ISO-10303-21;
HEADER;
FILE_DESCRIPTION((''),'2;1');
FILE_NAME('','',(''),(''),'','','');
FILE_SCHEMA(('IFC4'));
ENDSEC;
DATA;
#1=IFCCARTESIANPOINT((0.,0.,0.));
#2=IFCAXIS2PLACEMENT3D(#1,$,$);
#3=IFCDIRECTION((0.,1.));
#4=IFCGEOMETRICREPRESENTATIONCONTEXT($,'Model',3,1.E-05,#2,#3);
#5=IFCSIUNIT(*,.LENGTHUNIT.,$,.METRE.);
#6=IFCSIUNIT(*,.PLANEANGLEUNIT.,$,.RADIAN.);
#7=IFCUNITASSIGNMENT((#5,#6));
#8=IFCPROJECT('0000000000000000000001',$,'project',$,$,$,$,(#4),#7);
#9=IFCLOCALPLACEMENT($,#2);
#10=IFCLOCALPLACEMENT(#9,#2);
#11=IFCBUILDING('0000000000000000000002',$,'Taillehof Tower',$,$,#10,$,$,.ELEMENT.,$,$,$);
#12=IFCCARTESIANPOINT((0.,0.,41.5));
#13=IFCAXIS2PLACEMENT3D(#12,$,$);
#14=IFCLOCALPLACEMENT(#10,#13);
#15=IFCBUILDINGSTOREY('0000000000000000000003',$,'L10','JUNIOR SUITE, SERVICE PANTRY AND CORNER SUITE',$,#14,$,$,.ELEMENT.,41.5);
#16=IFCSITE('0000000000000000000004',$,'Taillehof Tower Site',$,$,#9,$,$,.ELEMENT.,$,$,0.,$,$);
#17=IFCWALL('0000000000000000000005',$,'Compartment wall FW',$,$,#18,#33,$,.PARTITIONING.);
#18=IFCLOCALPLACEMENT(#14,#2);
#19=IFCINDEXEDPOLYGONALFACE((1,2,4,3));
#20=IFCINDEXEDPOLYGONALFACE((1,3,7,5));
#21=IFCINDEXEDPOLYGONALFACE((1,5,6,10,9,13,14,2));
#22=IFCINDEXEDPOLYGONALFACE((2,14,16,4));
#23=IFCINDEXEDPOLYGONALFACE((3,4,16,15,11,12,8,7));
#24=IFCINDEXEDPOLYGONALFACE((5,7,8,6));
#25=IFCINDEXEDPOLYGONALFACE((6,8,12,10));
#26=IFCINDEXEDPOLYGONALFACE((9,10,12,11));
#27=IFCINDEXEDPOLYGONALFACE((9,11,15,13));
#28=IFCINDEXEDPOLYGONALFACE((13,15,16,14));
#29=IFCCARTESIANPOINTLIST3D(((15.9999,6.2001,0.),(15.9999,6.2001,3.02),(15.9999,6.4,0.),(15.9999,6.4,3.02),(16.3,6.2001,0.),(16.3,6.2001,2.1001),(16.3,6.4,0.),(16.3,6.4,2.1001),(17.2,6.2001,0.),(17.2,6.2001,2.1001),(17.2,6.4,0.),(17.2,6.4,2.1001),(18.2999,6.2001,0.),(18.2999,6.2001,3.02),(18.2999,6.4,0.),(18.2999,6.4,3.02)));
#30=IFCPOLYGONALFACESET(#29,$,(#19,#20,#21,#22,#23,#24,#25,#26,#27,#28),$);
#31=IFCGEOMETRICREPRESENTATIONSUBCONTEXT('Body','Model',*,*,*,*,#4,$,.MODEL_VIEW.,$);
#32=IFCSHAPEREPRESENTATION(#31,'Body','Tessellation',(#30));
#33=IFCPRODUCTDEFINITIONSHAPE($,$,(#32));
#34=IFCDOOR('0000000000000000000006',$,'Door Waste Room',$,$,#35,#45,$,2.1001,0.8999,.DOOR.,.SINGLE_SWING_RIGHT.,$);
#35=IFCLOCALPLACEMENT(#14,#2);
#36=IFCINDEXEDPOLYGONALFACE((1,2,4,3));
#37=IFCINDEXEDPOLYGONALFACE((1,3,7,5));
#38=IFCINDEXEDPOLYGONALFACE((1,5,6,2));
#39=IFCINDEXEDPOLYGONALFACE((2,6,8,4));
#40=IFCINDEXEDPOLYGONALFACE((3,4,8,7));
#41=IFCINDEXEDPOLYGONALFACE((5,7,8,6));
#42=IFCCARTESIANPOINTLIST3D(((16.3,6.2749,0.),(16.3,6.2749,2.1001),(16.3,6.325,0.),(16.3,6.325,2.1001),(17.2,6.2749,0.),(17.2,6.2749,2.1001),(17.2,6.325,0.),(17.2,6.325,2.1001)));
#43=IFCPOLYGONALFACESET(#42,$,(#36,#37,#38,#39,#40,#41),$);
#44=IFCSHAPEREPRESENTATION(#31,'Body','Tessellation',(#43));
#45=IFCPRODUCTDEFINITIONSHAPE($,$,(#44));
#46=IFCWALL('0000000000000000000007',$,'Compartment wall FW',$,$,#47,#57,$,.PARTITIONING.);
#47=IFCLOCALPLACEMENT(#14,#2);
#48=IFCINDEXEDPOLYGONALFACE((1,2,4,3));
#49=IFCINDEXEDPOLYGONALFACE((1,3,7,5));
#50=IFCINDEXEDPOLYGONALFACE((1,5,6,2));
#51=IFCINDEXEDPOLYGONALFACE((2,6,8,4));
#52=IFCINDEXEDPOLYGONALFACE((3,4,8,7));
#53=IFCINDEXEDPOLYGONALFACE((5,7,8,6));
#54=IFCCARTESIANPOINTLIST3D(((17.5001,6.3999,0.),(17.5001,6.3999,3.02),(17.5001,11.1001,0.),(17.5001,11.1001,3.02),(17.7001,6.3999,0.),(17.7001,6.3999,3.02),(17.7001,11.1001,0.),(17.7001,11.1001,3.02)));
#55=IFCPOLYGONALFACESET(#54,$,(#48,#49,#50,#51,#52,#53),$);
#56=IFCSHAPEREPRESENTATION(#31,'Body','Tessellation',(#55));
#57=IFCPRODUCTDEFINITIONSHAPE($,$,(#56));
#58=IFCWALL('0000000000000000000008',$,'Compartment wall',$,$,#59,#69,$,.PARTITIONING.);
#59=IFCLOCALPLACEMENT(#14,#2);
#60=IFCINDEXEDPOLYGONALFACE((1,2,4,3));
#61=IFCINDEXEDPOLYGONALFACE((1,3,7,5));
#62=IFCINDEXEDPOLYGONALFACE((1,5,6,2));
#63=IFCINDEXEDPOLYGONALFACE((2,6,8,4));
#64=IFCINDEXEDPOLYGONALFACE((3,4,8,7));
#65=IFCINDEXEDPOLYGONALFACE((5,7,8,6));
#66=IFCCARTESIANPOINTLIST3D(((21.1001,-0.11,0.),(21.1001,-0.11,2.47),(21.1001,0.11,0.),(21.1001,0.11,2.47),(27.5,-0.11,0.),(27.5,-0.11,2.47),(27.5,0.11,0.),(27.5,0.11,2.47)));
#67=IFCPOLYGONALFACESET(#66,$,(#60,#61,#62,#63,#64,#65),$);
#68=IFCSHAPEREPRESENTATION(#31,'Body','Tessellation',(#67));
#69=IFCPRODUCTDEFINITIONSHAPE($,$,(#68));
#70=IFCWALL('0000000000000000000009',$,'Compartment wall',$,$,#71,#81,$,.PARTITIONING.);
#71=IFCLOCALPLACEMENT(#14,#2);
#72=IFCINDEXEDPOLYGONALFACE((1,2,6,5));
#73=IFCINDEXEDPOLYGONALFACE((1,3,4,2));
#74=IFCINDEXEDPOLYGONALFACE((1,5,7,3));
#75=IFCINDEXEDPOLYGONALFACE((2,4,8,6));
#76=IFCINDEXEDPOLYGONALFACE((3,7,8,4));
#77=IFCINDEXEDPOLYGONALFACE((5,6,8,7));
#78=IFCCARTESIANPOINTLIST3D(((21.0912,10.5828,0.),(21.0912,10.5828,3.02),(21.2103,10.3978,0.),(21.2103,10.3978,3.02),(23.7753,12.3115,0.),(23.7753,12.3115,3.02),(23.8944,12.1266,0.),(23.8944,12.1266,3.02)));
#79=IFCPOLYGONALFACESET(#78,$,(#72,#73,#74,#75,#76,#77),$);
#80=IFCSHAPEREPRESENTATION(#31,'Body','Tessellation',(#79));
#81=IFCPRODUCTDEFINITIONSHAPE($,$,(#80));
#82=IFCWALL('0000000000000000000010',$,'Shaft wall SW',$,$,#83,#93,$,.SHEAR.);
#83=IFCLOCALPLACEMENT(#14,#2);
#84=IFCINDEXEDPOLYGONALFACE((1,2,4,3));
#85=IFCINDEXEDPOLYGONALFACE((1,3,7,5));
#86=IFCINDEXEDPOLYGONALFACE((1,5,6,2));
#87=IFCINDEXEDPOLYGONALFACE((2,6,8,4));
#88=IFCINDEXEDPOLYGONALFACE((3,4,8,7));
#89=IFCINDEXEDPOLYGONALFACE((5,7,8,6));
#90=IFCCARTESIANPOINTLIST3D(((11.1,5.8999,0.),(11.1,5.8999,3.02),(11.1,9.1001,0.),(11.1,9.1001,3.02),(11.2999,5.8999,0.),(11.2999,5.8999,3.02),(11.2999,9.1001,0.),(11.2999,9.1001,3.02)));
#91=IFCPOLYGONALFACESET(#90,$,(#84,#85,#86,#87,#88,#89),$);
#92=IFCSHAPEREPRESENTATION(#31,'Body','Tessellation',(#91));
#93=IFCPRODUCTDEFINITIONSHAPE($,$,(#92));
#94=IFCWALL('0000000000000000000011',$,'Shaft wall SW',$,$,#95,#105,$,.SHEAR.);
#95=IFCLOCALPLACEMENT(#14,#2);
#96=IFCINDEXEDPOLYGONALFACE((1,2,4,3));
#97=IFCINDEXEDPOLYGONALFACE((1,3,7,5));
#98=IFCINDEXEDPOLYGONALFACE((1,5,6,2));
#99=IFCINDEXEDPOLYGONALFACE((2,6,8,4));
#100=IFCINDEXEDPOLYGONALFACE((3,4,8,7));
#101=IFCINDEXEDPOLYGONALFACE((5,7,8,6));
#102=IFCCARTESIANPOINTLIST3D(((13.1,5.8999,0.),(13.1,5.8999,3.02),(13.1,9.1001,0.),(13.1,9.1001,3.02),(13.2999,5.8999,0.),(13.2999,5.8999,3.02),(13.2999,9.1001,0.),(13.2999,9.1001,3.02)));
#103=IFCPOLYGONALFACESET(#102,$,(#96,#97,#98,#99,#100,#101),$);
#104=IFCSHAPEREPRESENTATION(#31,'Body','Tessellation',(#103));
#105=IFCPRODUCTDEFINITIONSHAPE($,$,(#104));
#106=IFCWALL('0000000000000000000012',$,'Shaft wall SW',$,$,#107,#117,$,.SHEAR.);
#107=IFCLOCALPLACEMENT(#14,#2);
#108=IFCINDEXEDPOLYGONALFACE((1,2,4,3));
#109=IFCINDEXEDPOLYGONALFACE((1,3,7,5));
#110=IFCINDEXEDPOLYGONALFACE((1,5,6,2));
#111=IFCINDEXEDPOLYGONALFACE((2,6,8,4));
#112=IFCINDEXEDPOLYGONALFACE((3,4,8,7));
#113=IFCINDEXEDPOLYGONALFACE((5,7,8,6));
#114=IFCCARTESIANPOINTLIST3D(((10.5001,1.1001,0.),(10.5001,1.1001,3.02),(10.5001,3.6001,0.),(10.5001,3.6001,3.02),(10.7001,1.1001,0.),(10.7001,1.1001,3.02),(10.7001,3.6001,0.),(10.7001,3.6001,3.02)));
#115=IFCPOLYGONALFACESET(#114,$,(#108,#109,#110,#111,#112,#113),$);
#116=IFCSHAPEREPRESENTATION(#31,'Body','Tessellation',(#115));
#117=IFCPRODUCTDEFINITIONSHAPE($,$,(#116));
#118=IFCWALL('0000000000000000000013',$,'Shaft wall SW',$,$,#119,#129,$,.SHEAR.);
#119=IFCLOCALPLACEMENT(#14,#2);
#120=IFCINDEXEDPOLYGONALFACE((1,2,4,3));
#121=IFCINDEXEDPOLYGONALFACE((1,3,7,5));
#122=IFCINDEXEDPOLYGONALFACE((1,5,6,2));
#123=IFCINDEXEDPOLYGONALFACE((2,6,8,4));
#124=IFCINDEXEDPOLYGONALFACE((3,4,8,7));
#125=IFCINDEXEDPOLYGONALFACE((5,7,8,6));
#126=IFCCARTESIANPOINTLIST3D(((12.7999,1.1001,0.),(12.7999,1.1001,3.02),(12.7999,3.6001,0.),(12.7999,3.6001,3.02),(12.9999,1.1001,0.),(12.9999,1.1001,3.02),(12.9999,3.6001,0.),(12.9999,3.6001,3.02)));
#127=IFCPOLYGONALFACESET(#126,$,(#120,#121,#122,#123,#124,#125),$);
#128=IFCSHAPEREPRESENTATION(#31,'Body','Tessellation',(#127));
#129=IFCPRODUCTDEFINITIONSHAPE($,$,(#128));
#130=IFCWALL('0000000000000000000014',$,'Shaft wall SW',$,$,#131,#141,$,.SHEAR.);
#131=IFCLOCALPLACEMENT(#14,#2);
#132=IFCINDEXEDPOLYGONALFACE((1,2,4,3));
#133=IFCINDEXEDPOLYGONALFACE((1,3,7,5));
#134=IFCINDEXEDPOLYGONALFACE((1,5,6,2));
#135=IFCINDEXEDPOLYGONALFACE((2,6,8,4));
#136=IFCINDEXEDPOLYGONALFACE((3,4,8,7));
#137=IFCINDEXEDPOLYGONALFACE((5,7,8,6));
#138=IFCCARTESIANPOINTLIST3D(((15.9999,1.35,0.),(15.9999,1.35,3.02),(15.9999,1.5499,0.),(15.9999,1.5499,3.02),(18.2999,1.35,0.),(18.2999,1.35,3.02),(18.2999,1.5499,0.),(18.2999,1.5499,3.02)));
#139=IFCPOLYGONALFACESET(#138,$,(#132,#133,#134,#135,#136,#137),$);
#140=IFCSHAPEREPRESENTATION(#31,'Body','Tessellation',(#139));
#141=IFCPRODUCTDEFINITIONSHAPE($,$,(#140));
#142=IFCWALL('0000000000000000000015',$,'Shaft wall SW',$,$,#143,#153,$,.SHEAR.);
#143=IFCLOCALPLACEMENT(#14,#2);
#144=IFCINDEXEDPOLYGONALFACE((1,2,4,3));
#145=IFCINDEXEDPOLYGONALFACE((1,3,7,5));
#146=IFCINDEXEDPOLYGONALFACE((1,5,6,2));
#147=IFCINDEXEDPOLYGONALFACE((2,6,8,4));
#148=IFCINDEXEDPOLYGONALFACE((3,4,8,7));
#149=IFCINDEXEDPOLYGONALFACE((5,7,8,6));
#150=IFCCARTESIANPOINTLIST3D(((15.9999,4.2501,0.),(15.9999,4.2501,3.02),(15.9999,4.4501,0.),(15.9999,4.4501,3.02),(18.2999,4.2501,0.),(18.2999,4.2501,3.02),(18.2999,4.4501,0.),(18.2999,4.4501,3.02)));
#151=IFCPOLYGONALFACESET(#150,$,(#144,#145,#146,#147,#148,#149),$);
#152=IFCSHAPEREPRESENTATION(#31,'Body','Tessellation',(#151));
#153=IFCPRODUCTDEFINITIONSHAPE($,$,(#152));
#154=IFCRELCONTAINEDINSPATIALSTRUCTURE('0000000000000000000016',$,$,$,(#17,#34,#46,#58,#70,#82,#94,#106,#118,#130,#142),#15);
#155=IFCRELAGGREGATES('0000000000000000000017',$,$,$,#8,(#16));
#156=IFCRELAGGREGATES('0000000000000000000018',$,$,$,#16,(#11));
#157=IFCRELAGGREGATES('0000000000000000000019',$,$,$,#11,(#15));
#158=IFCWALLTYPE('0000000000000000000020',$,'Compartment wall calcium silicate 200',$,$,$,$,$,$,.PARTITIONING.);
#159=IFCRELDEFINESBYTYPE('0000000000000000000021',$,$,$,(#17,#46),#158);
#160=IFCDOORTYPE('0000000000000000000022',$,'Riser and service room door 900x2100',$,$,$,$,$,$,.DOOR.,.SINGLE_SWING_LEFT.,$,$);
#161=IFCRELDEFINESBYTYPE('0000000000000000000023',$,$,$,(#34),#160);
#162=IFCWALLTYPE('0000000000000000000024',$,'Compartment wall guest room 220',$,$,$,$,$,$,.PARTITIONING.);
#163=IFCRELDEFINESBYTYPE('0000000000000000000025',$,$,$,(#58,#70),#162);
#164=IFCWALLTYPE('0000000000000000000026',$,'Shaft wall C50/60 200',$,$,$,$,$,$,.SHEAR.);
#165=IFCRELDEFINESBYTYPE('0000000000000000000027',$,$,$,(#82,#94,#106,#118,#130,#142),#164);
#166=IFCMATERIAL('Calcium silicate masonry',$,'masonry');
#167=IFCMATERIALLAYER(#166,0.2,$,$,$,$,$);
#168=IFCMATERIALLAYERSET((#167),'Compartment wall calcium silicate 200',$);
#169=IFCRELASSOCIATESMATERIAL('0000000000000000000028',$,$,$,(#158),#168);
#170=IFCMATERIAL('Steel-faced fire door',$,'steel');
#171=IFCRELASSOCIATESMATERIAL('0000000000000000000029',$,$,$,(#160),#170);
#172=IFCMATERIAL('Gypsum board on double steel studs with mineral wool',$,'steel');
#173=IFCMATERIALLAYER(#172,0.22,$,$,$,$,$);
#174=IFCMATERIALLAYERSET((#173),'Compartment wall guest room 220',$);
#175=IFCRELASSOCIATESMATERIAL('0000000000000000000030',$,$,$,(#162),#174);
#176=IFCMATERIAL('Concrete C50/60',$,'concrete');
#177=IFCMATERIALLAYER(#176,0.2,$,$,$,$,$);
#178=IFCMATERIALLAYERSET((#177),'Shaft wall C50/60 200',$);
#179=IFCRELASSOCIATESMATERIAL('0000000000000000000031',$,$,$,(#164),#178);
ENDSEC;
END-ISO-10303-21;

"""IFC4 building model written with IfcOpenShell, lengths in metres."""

from ifc_helpers import new_model, si_unit, direction, frame, frame_2d, origin, place, context, subcontext, project, spatial, rectangle, extrude, material, layer, layer_set, type_object, element, fill, save


model = new_model("IFC4")

# Units and contexts
model_context = context("Model", 3, precision=1e-05, world=origin(), true_north=direction((0.0, 1.0)))
body_context = subcontext(model_context, "Body", "Model", "MODEL_VIEW")
ifc_project = project(units=[si_unit("LENGTHUNIT", "METRE"), si_unit("PLANEANGLEUNIT", "RADIAN")], contexts=[model_context])

# Site, building, storey
site_placement = place(None, origin())
site = spatial("IfcSite", under=ifc_project, at=site_placement, Name="Taillehof Tower Site", CompositionType="ELEMENT", RefElevation=0.0)
building_placement = place(site_placement, origin())
building = spatial("IfcBuilding", under=site, at=building_placement, Name="Taillehof Tower", CompositionType="ELEMENT")
storey_placement = place(building_placement, frame((0.0, 0.0, 41.5)))
storey = spatial("IfcBuildingStorey", under=building, at=storey_placement, Name="L10", Description="JUNIOR SUITE, SERVICE PANTRY AND CORNER SUITE", CompositionType="ELEMENT", Elevation=41.5)

# Wall, opening, door
ifc_material_1 = material(Name="Calcium silicate masonry", Category="masonry")
ifc_layer_1 = layer(ifc_material_1, 0.2)
ifc_layer_set_1 = layer_set([ifc_layer_1], Name="Compartment wall calcium silicate 200")
wall_type_1 = type_object("IfcWallType", Name="Compartment wall calcium silicate 200", PredefinedType="PARTITIONING", material=ifc_layer_set_1)
wall_1_placement = place(storey_placement, frame((16.0, 6.3, 0.0), z_axis=(0.0, 0.0, 1.0), x_axis=(1.0, 0.0, 0.0)))
wall_1 = element("IfcWall", 1, at=wall_1_placement, inside=storey, type_object=wall_type_1, Name="Compartment wall FW", PredefinedType="PARTITIONING", context=body_context, shape_type="SweptSolid", body=[
    extrude(rectangle(XDim=2.3, YDim=0.2, at=frame_2d((1.1499, 0.0))), origin(), (0.0, 0.0, 1.0), 3.02),
])
opening_1_placement = place(wall_1_placement, frame((0.3, 0.0, 0.0)))
opening_1 = element("IfcOpeningElement", 2, at=opening_1_placement, cuts=wall_1, PredefinedType="OPENING", context=body_context, shape_type="SweptSolid", body=[
    extrude(rectangle(XDim=0.8999, YDim=2.1001, at=frame_2d((0.45, 1.05))), frame((0.0, 0.1099, 0.0), z_axis=(0.0, -1.0, 0.0), x_axis=(1.0, 0.0, 0.0)), (0.0, 0.0, 1.0), 0.22),
])
ifc_material_2 = material(Name="Steel-faced fire door", Category="steel")
door_type = type_object("IfcDoorType", Name="Riser and service room door 900x2100", OperationType="SINGLE_SWING_LEFT", PredefinedType="DOOR", material=ifc_material_2)
door_placement = place(opening_1_placement, origin())
door = element("IfcDoor", 3, at=door_placement, inside=storey, type_object=door_type, Name="Door Waste Room", OperationType="SINGLE_SWING_RIGHT", OverallHeight=2.1001, OverallWidth=0.8999, PredefinedType="DOOR", context=body_context, shape_type="SweptSolid", body=[
    extrude(rectangle(XDim=0.8999, YDim=2.1001, at=frame_2d((0.45, 1.05))), frame((0.0, 0.0249, 0.0), z_axis=(0.0, -1.0, 0.0), x_axis=(1.0, 0.0, 0.0)), (0.0, 0.0, 1.0), 0.05),
])
fill(opening_1, door)

# Walls
wall_2_placement = place(storey_placement, frame((17.6001, 6.3999, 0.0), z_axis=(0.0, 0.0, 1.0), x_axis=(0.0, 1.0, 0.0)))
element("IfcWall", 4, at=wall_2_placement, inside=storey, type_object=wall_type_1, Name="Compartment wall FW", PredefinedType="PARTITIONING", context=body_context, shape_type="SweptSolid", body=[
    extrude(rectangle(XDim=4.7002, YDim=0.2, at=frame_2d((2.3501, 0.0))), origin(), (0.0, 0.0, 1.0), 3.02),
])
ifc_material_3 = material(Name="Gypsum board on double steel studs with mineral wool", Category="steel")
ifc_layer_2 = layer(ifc_material_3, 0.22)
ifc_layer_set_2 = layer_set([ifc_layer_2], Name="Compartment wall guest room 220")
wall_type_2 = type_object("IfcWallType", Name="Compartment wall guest room 220", PredefinedType="PARTITIONING", material=ifc_layer_set_2)
wall_3_placement = place(storey_placement, frame((27.5, 0.0, 0.0), z_axis=(0.0, 0.0, 1.0), x_axis=(-1.0, 0.0, 0.0)))
element("IfcWall", 5, at=wall_3_placement, inside=storey, type_object=wall_type_2, Name="Compartment wall", PredefinedType="PARTITIONING", context=body_context, shape_type="SweptSolid", body=[
    extrude(rectangle(XDim=6.3999, YDim=0.22, at=frame_2d((3.2, 0.0))), origin(), (0.0, 0.0, 1.0), 2.47),
])
wall_4_placement = place(storey_placement, frame((23.8347, 12.219, 0.0), z_axis=(0.0, 0.0, 1.0), x_axis=(-0.840711, -0.541484, 0.0)))
element("IfcWall", 6, at=wall_4_placement, inside=storey, type_object=wall_type_2, Name="Compartment wall", PredefinedType="PARTITIONING", context=body_context, shape_type="SweptSolid", body=[
    extrude(rectangle(XDim=3.1926, YDim=0.22, at=frame_2d((1.5962, 0.0))), origin(), (0.0, 0.0, 1.0), 3.02),
])
ifc_material_4 = material(Name="Concrete C50/60", Category="concrete")
ifc_layer_3 = layer(ifc_material_4, 0.2)
ifc_layer_set_3 = layer_set([ifc_layer_3], Name="Shaft wall C50/60 200")
wall_type_3 = type_object("IfcWallType", Name="Shaft wall C50/60 200", PredefinedType="SHEAR", material=ifc_layer_set_3)
for number, where, z_axis, x_axis, name in (
    (7, (11.2, 5.8999, 0.0), (0.0, 0.0, 1.0), (0.0, 1.0, 0.0), "Shaft wall SW"),
    (8, (13.2, 5.8999, 0.0), (0.0, 0.0, 1.0), (0.0, 1.0, 0.0), "Shaft wall SW"),
):
    element("IfcWall", number, at=place(storey_placement, frame(where, z_axis=z_axis, x_axis=x_axis)), inside=storey, type_object=wall_type_3, Name=name, PredefinedType="SHEAR", context=body_context, shape_type="SweptSolid", body=[
        extrude(rectangle(XDim=3.2002, YDim=0.2, at=frame_2d((1.6001, 0.0))), origin(), (0.0, 0.0, 1.0), 3.02),
    ])
for number, where, z_axis, x_axis, name in (
    (9, (10.6001, 1.1001, 0.0), (0.0, 0.0, 1.0), (0.0, 1.0, 0.0), "Shaft wall SW"),
    (10, (12.8999, 1.1001, 0.0), (0.0, 0.0, 1.0), (0.0, 1.0, 0.0), "Shaft wall SW"),
):
    element("IfcWall", number, at=place(storey_placement, frame(where, z_axis=z_axis, x_axis=x_axis)), inside=storey, type_object=wall_type_3, Name=name, PredefinedType="SHEAR", context=body_context, shape_type="SweptSolid", body=[
        extrude(rectangle(XDim=2.5, YDim=0.2, at=frame_2d((1.25, 0.0))), origin(), (0.0, 0.0, 1.0), 3.02),
    ])
for number, where, z_axis, x_axis, name in (
    (11, (16.0, 1.45, 0.0), (0.0, 0.0, 1.0), (1.0, 0.0, 0.0), "Shaft wall SW"),
    (12, (16.0, 4.3501, 0.0), (0.0, 0.0, 1.0), (1.0, 0.0, 0.0), "Shaft wall SW"),
):
    element("IfcWall", number, at=place(storey_placement, frame(where, z_axis=z_axis, x_axis=x_axis)), inside=storey, type_object=wall_type_3, Name=name, PredefinedType="SHEAR", context=body_context, shape_type="SweptSolid", body=[
        extrude(rectangle(XDim=2.3, YDim=0.2, at=frame_2d((1.1499, 0.0))), origin(), (0.0, 0.0, 1.0), 3.02),
    ])

save(model, "model.ifc")
